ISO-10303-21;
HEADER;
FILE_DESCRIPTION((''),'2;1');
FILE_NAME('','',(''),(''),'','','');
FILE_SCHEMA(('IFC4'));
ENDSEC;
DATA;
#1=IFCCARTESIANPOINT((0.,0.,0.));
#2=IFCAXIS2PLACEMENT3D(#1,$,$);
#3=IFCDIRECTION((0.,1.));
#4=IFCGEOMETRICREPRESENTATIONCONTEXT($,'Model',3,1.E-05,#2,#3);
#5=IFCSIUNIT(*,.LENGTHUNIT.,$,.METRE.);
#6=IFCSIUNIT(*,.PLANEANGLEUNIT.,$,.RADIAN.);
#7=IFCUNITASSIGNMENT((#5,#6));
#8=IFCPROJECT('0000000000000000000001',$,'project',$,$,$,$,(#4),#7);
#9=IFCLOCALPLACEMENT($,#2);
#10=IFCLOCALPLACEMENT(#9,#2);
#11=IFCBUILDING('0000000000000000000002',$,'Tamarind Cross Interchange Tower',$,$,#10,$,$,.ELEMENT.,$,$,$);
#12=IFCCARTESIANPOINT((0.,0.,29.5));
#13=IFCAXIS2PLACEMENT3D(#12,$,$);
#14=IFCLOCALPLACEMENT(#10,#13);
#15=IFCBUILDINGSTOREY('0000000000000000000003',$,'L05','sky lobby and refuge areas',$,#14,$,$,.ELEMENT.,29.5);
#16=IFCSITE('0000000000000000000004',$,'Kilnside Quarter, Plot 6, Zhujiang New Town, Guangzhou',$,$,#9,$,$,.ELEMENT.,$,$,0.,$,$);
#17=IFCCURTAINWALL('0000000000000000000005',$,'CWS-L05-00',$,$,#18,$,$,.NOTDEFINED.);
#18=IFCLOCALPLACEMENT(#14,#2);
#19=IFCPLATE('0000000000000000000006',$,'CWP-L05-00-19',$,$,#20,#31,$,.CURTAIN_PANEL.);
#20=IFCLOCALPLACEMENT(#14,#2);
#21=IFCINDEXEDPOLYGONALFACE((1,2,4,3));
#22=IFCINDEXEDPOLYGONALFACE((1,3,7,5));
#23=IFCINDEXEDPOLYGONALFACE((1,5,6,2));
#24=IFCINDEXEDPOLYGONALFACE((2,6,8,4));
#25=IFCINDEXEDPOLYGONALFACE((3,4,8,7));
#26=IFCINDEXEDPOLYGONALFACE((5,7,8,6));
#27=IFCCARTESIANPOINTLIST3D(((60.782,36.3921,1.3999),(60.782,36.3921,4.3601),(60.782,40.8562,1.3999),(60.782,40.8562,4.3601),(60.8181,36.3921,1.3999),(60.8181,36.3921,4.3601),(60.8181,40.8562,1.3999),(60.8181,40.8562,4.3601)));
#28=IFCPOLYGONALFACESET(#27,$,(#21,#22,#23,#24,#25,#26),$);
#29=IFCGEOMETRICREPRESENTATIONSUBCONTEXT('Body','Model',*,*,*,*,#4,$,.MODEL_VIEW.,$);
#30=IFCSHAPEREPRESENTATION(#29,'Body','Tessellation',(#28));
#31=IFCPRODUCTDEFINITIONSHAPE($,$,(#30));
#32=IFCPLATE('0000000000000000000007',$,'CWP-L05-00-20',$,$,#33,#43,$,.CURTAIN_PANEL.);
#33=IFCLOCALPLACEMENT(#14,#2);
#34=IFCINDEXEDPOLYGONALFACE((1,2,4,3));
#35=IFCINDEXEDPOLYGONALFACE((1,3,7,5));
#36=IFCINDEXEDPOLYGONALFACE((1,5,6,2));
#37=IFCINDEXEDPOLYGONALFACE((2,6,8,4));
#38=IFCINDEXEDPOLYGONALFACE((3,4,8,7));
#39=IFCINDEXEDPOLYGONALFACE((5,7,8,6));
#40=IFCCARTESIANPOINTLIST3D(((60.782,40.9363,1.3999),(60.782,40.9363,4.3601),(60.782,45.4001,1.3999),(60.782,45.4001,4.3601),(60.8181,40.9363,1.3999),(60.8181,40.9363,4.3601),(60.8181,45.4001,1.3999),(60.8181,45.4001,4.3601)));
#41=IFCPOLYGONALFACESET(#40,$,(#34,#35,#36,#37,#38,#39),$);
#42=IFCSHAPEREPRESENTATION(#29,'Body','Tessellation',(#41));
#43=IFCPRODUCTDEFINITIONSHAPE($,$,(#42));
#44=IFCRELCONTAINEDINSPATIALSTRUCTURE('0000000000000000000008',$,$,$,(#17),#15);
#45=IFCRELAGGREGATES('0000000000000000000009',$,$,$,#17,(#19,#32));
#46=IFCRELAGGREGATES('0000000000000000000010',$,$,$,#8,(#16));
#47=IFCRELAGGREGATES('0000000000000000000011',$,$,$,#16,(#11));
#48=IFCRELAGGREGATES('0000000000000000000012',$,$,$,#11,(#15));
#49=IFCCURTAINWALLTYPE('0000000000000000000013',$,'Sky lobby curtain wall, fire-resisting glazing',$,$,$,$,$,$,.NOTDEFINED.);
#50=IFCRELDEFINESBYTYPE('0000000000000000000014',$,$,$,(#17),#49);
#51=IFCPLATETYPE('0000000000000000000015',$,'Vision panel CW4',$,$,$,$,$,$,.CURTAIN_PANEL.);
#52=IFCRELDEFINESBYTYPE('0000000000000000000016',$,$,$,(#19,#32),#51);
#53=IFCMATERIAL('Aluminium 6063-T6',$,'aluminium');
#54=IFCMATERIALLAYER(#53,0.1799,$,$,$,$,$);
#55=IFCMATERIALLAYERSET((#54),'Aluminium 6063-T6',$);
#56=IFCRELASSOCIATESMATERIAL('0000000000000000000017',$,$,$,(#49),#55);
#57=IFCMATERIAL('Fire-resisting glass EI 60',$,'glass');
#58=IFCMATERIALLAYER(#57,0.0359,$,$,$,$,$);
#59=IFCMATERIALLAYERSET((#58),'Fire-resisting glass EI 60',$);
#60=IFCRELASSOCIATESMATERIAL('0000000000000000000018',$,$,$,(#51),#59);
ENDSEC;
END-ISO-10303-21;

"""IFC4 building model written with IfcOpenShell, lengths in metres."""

from ifc_helpers import new_model, si_unit, direction, frame, origin, place, context, subcontext, project, spatial, polyline, outline, extrude, material, layer, layer_set, type_object, element, aggregate, save


model = new_model("IFC4")

# Units and contexts
model_context = context("Model", 3, precision=1e-05, world=origin(), true_north=direction((0.0, 1.0)))
body_context = subcontext(model_context, "Body", "Model", "MODEL_VIEW")
ifc_project = project(units=[si_unit("LENGTHUNIT", "METRE"), si_unit("PLANEANGLEUNIT", "RADIAN")], contexts=[model_context])

# Site, building, storey
site_placement = place(None, origin())
site = spatial("IfcSite", under=ifc_project, at=site_placement, Name="Kilnside Quarter, Plot 6, Zhujiang New Town, Guangzhou", CompositionType="ELEMENT", RefElevation=0.0)
building_placement = place(site_placement, origin())
building = spatial("IfcBuilding", under=site, at=building_placement, Name="Tamarind Cross Interchange Tower", CompositionType="ELEMENT")
storey_placement = place(building_placement, frame((0.0, 0.0, 29.5)))
storey = spatial("IfcBuildingStorey", under=building, at=storey_placement, Name="L05", Description="sky lobby and refuge areas", CompositionType="ELEMENT", Elevation=29.5)

# Curtain wall, plates
ifc_material_1 = material(Name="Aluminium 6063-T6", Category="aluminium")
ifc_layer_1 = layer(ifc_material_1, 0.1799)
ifc_layer_set_1 = layer_set([ifc_layer_1], Name="Aluminium 6063-T6")
curtain_wall_type = type_object("IfcCurtainWallType", Name="Sky lobby curtain wall, fire-resisting glazing", PredefinedType="NOTDEFINED", material=ifc_layer_set_1)
curtain_wall_placement = place(storey_placement, origin())
curtain_wall = element("IfcCurtainWall", 1, at=curtain_wall_placement, inside=storey, type_object=curtain_wall_type, Name="CWS-L05-00", PredefinedType="NOTDEFINED")
ifc_material_2 = material(Name="Fire-resisting glass EI 60", Category="glass")
ifc_layer_2 = layer(ifc_material_2, 0.0359)
ifc_layer_set_2 = layer_set([ifc_layer_2], Name="Fire-resisting glass EI 60")
plate_type = type_object("IfcPlateType", Name="Vision panel CW4", PredefinedType="CURTAIN_PANEL", material=ifc_layer_set_2)
plate_1_placement = place(storey_placement, frame((0.0, 0.0, 1.3999)))
plate_1 = element("IfcPlate", 2, at=plate_1_placement, type_object=plate_type, Name="CWP-L05-00-19", PredefinedType="CURTAIN_PANEL", context=body_context, shape_type="SweptSolid", body=[
    extrude(outline(polyline([(60.782, 36.3921), (60.782, 40.8562), (60.8181, 40.8562), (60.8181, 36.3921), (60.782, 36.3921)])), origin(), (0.0, 0.0, 1.0), 2.9602),
])
plate_2_placement = place(storey_placement, frame((0.0, 0.0, 1.3999)))
plate_2 = element("IfcPlate", 3, at=plate_2_placement, type_object=plate_type, Name="CWP-L05-00-20", PredefinedType="CURTAIN_PANEL", context=body_context, shape_type="SweptSolid", body=[
    extrude(outline(polyline([(60.782, 40.9363), (60.782, 45.4001), (60.8181, 45.4001), (60.8181, 40.9363), (60.782, 40.9363)])), origin(), (0.0, 0.0, 1.0), 2.9602),
])
aggregate(curtain_wall, [plate_1, plate_2])

save(model, "model.ifc")
